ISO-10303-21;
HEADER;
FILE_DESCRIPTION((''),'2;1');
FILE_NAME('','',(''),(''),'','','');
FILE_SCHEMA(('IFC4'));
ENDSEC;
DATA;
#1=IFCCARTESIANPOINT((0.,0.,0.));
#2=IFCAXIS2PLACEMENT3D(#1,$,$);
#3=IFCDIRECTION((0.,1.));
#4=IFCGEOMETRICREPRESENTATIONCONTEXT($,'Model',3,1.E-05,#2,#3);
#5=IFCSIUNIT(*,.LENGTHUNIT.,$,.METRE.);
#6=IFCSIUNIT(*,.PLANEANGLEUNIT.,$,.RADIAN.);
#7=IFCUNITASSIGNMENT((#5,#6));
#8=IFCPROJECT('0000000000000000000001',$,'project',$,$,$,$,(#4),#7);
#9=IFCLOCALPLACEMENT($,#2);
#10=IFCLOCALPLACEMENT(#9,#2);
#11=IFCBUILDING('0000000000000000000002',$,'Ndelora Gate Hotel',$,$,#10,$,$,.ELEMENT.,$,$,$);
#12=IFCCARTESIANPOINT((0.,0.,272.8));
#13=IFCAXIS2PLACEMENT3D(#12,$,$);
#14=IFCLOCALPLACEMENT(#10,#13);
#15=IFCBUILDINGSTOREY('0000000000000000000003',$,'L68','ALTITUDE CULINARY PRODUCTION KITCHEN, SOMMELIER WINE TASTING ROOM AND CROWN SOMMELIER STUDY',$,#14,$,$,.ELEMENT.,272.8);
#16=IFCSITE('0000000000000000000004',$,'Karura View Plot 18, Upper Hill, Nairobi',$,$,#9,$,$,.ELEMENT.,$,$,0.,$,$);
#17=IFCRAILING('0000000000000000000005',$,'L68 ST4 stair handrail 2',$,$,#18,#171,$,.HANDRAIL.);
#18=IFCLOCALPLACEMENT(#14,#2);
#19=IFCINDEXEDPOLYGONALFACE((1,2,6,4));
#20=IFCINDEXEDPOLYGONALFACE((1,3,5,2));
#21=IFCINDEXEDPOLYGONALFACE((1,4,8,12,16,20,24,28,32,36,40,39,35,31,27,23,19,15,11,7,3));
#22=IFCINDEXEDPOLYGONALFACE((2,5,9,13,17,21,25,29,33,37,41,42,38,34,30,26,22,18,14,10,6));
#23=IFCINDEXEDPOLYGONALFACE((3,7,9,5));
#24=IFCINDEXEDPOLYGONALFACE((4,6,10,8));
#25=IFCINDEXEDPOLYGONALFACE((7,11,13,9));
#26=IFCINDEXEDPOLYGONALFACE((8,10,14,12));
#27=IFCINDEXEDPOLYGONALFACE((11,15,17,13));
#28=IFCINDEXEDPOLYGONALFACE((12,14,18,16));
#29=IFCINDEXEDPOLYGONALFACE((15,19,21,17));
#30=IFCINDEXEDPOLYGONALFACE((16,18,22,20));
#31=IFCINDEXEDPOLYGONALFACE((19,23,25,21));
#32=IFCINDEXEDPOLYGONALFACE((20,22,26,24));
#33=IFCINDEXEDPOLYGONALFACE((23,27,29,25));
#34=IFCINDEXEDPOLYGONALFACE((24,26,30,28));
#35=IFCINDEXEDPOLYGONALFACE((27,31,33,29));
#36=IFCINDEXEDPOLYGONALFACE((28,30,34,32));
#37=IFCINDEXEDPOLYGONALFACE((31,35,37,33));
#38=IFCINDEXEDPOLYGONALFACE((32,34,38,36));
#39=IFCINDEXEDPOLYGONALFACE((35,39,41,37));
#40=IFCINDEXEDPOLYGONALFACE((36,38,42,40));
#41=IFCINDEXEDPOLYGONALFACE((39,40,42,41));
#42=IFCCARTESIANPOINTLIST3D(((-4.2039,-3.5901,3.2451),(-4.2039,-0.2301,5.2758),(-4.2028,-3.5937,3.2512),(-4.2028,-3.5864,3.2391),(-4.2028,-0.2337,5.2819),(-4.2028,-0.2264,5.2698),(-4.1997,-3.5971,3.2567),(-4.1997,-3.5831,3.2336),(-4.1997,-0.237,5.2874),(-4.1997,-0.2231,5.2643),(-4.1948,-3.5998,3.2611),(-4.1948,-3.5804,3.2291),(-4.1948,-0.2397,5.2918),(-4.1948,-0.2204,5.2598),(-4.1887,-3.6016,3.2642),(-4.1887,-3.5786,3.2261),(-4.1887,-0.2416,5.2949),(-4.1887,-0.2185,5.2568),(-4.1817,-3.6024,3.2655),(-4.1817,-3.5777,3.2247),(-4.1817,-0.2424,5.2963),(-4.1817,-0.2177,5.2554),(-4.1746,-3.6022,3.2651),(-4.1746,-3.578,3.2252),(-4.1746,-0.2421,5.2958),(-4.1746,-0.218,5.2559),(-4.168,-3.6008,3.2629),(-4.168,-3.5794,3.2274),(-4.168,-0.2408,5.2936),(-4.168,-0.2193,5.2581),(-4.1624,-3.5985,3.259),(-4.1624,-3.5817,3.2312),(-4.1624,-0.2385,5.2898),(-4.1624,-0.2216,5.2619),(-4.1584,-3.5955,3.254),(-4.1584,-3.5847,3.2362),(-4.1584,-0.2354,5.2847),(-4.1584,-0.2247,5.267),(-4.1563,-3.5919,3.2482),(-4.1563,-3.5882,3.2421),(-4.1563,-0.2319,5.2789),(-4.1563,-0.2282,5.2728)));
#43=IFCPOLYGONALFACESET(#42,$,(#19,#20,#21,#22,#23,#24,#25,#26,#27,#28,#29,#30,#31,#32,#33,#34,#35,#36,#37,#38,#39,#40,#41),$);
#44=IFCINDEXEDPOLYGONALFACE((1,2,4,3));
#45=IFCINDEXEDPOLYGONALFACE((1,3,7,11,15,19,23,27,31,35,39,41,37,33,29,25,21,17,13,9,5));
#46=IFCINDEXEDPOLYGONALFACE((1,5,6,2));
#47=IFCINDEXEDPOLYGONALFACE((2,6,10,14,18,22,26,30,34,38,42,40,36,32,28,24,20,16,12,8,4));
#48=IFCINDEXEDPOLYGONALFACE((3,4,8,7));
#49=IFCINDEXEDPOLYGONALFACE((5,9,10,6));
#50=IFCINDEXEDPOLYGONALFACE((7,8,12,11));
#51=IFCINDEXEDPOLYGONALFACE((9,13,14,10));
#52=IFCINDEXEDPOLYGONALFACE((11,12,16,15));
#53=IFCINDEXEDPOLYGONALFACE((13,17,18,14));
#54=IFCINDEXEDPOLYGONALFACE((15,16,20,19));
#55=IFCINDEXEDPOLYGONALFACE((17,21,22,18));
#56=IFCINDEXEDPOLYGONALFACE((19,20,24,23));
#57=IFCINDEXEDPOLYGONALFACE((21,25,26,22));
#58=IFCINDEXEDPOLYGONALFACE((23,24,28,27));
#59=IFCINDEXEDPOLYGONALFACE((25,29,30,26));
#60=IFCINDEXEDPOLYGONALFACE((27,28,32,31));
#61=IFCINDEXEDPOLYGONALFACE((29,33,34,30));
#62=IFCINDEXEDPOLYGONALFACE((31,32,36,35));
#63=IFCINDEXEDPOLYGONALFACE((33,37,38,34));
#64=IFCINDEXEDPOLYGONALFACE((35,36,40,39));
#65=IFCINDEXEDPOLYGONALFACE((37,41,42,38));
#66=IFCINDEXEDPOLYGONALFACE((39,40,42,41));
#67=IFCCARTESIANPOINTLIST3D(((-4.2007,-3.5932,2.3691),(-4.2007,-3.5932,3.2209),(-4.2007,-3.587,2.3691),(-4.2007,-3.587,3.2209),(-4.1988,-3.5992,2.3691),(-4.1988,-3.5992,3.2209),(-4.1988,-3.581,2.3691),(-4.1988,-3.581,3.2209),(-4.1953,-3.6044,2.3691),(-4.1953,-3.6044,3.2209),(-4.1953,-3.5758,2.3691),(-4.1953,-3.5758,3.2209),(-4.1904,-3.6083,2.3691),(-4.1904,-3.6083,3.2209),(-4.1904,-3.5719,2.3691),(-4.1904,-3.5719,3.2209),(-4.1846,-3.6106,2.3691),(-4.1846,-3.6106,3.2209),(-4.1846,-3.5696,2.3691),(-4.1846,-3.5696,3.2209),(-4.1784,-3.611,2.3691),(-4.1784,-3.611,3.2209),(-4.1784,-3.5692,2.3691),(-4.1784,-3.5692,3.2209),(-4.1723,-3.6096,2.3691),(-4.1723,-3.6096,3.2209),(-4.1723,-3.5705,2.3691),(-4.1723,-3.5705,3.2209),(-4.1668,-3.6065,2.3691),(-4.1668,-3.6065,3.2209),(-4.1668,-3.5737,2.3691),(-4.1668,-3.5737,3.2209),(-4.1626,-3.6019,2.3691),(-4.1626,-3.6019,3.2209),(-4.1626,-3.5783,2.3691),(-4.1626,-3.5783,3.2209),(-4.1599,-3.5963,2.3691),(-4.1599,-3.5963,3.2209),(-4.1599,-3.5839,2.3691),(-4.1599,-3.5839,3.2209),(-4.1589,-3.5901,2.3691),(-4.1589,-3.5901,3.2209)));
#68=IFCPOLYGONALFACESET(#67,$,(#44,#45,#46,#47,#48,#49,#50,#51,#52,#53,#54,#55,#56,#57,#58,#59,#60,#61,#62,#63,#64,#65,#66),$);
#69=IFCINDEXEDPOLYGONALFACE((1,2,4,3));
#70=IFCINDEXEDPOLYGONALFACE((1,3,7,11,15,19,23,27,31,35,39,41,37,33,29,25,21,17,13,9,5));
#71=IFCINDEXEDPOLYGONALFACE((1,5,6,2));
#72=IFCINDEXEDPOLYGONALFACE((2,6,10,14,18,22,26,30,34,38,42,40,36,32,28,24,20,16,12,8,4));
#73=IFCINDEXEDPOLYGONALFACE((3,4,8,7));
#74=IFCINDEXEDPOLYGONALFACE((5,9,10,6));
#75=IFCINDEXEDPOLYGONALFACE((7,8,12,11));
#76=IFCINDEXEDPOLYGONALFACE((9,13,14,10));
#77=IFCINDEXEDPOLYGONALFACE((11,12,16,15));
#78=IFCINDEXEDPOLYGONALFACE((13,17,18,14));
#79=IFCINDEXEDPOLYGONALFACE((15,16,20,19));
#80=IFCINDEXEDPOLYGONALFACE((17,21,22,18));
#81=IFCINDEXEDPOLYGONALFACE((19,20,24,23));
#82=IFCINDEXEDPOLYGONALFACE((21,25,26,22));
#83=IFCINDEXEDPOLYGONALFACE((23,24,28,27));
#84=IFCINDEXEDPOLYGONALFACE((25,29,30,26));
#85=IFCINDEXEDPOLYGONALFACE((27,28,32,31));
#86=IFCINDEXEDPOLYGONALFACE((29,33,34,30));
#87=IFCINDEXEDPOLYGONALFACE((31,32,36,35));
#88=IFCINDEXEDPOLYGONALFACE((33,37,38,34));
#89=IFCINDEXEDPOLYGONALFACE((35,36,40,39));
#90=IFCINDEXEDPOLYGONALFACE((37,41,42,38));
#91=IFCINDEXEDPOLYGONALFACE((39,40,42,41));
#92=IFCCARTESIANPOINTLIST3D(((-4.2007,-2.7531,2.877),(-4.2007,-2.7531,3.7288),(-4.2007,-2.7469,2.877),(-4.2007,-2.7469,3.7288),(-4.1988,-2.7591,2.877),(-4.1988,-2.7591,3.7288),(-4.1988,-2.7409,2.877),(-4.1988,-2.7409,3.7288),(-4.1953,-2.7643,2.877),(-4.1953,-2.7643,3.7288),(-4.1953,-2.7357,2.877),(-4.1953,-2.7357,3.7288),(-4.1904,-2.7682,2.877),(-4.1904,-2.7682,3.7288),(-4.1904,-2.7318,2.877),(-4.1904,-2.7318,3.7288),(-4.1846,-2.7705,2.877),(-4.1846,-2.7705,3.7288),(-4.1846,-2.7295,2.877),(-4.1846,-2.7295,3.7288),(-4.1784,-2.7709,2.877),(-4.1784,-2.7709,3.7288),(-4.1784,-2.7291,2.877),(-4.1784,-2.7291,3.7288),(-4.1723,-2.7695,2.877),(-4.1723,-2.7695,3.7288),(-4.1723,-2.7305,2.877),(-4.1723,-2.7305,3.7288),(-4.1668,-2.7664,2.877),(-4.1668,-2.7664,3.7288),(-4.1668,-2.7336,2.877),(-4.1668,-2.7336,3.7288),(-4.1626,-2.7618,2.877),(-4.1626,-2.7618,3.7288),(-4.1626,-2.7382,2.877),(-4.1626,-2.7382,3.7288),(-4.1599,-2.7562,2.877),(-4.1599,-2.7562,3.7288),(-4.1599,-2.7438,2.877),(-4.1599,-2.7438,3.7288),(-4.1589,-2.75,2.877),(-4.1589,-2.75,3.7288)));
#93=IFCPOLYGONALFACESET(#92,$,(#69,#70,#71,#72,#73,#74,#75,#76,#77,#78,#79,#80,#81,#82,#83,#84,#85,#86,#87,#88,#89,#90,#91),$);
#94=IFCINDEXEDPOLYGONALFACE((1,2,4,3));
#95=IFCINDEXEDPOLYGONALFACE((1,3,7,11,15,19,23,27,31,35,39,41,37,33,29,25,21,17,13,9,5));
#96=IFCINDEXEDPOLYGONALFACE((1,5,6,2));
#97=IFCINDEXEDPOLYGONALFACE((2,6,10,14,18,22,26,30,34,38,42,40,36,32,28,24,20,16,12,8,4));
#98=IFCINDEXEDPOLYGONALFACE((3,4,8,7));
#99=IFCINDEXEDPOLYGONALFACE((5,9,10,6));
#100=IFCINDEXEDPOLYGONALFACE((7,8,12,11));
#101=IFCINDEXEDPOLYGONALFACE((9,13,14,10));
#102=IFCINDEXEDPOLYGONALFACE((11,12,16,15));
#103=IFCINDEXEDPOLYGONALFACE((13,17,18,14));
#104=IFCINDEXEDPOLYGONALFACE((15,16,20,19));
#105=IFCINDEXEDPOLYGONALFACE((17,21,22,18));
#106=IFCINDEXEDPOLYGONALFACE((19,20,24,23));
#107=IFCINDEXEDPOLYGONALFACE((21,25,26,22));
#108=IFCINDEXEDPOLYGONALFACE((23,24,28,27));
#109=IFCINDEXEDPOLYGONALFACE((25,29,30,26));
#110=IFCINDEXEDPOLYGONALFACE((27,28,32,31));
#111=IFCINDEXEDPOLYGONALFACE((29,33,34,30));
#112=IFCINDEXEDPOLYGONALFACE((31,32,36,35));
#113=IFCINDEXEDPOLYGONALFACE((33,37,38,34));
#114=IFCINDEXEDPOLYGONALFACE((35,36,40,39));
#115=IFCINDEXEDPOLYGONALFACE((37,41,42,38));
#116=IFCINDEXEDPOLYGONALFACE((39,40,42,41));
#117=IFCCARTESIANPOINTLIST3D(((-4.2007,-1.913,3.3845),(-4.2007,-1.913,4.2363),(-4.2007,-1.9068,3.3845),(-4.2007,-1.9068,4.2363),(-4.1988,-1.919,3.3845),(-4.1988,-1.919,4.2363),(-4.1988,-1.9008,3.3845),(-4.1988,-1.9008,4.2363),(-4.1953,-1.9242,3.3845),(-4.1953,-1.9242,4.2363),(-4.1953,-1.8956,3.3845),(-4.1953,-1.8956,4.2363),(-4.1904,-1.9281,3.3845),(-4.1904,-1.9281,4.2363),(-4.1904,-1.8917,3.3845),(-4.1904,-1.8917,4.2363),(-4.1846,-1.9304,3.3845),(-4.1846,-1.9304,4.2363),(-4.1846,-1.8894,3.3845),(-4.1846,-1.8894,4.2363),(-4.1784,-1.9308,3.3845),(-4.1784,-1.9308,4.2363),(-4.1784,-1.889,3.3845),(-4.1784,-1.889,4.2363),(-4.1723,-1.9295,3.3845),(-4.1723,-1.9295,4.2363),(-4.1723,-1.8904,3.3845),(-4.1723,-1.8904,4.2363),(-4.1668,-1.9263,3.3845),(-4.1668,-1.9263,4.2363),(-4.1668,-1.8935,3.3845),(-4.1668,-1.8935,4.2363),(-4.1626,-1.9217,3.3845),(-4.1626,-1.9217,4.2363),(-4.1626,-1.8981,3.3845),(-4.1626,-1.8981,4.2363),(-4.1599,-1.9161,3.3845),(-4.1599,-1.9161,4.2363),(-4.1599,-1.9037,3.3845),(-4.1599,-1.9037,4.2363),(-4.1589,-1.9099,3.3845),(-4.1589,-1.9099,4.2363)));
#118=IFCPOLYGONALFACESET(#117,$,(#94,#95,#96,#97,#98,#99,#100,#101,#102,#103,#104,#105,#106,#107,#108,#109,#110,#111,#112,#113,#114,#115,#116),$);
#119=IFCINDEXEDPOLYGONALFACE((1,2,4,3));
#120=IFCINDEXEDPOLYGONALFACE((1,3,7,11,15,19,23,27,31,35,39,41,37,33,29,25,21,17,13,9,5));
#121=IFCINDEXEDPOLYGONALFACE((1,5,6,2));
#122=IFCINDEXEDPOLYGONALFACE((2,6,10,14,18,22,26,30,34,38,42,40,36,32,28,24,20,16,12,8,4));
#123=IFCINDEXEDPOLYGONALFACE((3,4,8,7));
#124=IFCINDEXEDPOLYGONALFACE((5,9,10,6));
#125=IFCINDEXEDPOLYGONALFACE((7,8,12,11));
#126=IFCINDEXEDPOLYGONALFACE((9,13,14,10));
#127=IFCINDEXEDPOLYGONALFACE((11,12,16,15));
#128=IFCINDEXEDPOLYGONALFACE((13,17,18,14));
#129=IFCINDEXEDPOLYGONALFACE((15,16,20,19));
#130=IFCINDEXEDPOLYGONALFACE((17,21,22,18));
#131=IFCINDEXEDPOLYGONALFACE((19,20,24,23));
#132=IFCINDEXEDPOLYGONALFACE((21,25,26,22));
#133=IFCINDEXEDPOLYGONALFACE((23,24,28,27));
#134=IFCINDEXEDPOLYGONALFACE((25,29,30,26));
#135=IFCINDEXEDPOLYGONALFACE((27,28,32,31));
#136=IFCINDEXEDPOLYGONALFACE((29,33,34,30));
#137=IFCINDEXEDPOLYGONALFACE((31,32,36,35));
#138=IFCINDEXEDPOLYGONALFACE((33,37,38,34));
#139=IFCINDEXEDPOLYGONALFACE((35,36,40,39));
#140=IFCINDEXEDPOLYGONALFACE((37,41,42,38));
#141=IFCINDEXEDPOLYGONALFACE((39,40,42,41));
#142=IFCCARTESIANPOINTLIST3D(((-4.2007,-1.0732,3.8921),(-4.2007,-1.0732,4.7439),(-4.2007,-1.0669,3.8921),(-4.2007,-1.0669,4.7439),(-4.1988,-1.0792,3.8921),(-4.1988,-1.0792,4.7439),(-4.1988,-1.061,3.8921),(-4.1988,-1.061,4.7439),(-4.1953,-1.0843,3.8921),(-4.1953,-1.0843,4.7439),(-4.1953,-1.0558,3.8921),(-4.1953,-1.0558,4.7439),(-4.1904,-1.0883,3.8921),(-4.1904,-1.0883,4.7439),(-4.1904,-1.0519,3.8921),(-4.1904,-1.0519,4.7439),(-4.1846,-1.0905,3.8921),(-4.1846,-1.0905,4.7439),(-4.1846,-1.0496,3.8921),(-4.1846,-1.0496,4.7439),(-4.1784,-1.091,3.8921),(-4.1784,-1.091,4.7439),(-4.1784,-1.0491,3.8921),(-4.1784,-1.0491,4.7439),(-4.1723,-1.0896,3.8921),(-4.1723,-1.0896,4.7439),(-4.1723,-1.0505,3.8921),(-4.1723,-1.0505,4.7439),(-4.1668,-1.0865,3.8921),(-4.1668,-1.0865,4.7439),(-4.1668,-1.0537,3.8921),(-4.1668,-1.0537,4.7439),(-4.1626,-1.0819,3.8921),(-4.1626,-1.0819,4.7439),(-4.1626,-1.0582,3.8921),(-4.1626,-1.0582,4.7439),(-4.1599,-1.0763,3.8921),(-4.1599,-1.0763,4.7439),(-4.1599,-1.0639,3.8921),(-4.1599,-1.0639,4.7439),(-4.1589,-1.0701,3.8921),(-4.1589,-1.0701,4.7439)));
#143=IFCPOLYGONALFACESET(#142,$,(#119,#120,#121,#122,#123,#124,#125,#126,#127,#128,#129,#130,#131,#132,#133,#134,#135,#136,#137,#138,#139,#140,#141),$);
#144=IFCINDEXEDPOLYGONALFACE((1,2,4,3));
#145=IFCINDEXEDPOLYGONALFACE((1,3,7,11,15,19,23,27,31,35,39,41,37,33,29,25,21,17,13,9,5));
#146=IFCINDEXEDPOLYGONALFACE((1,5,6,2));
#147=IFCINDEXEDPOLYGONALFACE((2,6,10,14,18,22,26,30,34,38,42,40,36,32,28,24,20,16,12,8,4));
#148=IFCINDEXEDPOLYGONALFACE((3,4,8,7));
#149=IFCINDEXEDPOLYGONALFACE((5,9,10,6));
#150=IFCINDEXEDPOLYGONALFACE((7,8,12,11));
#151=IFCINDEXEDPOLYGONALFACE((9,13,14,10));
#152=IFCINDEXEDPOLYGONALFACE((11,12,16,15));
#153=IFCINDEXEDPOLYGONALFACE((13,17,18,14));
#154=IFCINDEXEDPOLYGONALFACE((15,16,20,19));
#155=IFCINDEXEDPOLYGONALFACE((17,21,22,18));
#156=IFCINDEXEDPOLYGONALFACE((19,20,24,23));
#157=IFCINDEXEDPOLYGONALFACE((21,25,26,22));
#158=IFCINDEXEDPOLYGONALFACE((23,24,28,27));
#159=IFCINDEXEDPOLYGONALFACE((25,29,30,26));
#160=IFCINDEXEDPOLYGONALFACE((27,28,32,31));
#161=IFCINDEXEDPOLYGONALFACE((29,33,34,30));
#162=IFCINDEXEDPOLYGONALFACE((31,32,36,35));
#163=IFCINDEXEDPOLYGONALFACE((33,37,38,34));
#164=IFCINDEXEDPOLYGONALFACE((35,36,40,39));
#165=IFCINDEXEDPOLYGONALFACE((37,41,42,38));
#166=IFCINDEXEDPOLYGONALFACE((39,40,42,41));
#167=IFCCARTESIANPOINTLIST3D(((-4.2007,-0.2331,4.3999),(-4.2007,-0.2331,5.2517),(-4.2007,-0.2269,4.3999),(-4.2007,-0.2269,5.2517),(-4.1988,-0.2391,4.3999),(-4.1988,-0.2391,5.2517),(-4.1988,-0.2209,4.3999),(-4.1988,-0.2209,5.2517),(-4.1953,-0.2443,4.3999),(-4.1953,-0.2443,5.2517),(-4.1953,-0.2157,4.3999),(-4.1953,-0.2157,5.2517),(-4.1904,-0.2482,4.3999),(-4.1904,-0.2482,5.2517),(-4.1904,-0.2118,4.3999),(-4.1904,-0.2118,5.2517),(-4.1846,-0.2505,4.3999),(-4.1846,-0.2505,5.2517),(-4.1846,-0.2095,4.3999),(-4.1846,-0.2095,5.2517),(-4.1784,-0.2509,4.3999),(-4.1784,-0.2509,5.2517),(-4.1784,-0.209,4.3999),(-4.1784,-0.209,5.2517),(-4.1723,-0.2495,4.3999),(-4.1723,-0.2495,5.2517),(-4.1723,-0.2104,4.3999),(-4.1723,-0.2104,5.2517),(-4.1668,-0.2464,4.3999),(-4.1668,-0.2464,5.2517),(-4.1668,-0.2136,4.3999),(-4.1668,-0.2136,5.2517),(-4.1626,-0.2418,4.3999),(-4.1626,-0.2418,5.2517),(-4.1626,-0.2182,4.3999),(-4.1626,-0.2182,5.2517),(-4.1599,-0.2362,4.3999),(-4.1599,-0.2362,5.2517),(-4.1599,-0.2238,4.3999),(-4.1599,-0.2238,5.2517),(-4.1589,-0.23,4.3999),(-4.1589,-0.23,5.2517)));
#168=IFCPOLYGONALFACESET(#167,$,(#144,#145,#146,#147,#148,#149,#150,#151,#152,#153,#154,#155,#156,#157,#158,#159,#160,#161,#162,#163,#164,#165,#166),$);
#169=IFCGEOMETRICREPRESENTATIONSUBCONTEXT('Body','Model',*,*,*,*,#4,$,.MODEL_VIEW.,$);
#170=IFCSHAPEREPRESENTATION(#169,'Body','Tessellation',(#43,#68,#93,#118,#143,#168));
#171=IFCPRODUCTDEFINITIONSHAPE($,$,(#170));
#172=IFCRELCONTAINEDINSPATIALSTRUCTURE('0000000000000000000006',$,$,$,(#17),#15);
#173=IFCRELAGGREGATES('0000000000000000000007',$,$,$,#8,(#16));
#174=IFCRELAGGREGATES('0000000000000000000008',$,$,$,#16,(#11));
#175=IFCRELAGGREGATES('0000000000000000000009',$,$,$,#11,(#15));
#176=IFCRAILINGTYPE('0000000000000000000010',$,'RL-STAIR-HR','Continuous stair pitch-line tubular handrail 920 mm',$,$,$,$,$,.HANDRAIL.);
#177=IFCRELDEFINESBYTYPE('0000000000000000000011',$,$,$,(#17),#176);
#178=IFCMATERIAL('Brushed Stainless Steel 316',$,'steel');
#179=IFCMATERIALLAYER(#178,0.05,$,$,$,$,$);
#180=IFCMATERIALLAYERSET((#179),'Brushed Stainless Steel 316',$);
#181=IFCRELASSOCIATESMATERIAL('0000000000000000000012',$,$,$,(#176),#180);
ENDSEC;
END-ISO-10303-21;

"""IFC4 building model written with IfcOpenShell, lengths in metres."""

from ifc_helpers import new_model, si_unit, direction, frame, origin, origin_2d, place, context, subcontext, project, spatial, circle, extrude, material, layer, layer_set, type_object, element, save


model = new_model("IFC4")

# Units and contexts
model_context = context("Model", 3, precision=1e-05, world=origin(), true_north=direction((0.0, 1.0)))
body_context = subcontext(model_context, "Body", "Model", "MODEL_VIEW")
ifc_project = project(units=[si_unit("LENGTHUNIT", "METRE"), si_unit("PLANEANGLEUNIT", "RADIAN")], contexts=[model_context])

# Site, building, storey
site_placement = place(None, origin())
site = spatial("IfcSite", under=ifc_project, at=site_placement, Name="Karura View Plot 18, Upper Hill, Nairobi", CompositionType="ELEMENT", RefElevation=0.0)
building_placement = place(site_placement, origin())
building = spatial("IfcBuilding", under=site, at=building_placement, Name="Ndelora Gate Hotel", CompositionType="ELEMENT")
storey_placement = place(building_placement, frame((0.0, 0.0, 272.8)))
storey = spatial("IfcBuildingStorey", under=building, at=storey_placement, Name="L68", Description="ALTITUDE CULINARY PRODUCTION KITCHEN, SOMMELIER WINE TASTING ROOM AND CROWN SOMMELIER STUDY", CompositionType="ELEMENT", Elevation=272.8)

# Railing
ifc_material_1 = material(Name="Brushed Stainless Steel 316", Category="steel")
ifc_layer_1 = layer(ifc_material_1, 0.05)
ifc_layer_set_1 = layer_set([ifc_layer_1], Name="Brushed Stainless Steel 316")
railing_type_1 = type_object("IfcRailingType", Name="RL-STAIR-HR", Description="Continuous stair pitch-line tubular handrail 920 mm", PredefinedType="HANDRAIL", material=ifc_layer_set_1)
railing_1_placement = place(storey_placement, frame((-4.1799, -3.5901, 2.3691)))
element("IfcRailing", 1, at=railing_1_placement, inside=storey, type_object=railing_type_1, Name="L68 ST4 stair handrail 2", PredefinedType="HANDRAIL", context=body_context, shape_type="SweptSolid", body=[
    extrude(circle(Radius=0.0239, at=origin_2d()), frame((0.0, 0.0, 0.876), z_axis=(0.0, 0.855837, 0.517246), x_axis=(-1.0, 0.0, 0.0)), (0.0, 0.0, 1.0), 3.926),
    extrude(circle(Radius=0.021, at=origin_2d()), origin(), (0.0, 0.0, 1.0), 0.8518),
    extrude(circle(Radius=0.021, at=origin_2d()), frame((0.0, 0.8401, 0.5078)), (0.0, 0.0, 1.0), 0.8518),
    extrude(circle(Radius=0.021, at=origin_2d()), frame((0.0, 1.6802, 1.0154)), (0.0, 0.0, 1.0), 0.8518),
    extrude(circle(Radius=0.021, at=origin_2d()), frame((0.0, 2.52, 1.5229)), (0.0, 0.0, 1.0), 0.8518),
    extrude(circle(Radius=0.021, at=origin_2d()), frame((0.0, 3.3601, 2.0308)), (0.0, 0.0, 1.0), 0.8518),
])

save(model, "model.ifc")
